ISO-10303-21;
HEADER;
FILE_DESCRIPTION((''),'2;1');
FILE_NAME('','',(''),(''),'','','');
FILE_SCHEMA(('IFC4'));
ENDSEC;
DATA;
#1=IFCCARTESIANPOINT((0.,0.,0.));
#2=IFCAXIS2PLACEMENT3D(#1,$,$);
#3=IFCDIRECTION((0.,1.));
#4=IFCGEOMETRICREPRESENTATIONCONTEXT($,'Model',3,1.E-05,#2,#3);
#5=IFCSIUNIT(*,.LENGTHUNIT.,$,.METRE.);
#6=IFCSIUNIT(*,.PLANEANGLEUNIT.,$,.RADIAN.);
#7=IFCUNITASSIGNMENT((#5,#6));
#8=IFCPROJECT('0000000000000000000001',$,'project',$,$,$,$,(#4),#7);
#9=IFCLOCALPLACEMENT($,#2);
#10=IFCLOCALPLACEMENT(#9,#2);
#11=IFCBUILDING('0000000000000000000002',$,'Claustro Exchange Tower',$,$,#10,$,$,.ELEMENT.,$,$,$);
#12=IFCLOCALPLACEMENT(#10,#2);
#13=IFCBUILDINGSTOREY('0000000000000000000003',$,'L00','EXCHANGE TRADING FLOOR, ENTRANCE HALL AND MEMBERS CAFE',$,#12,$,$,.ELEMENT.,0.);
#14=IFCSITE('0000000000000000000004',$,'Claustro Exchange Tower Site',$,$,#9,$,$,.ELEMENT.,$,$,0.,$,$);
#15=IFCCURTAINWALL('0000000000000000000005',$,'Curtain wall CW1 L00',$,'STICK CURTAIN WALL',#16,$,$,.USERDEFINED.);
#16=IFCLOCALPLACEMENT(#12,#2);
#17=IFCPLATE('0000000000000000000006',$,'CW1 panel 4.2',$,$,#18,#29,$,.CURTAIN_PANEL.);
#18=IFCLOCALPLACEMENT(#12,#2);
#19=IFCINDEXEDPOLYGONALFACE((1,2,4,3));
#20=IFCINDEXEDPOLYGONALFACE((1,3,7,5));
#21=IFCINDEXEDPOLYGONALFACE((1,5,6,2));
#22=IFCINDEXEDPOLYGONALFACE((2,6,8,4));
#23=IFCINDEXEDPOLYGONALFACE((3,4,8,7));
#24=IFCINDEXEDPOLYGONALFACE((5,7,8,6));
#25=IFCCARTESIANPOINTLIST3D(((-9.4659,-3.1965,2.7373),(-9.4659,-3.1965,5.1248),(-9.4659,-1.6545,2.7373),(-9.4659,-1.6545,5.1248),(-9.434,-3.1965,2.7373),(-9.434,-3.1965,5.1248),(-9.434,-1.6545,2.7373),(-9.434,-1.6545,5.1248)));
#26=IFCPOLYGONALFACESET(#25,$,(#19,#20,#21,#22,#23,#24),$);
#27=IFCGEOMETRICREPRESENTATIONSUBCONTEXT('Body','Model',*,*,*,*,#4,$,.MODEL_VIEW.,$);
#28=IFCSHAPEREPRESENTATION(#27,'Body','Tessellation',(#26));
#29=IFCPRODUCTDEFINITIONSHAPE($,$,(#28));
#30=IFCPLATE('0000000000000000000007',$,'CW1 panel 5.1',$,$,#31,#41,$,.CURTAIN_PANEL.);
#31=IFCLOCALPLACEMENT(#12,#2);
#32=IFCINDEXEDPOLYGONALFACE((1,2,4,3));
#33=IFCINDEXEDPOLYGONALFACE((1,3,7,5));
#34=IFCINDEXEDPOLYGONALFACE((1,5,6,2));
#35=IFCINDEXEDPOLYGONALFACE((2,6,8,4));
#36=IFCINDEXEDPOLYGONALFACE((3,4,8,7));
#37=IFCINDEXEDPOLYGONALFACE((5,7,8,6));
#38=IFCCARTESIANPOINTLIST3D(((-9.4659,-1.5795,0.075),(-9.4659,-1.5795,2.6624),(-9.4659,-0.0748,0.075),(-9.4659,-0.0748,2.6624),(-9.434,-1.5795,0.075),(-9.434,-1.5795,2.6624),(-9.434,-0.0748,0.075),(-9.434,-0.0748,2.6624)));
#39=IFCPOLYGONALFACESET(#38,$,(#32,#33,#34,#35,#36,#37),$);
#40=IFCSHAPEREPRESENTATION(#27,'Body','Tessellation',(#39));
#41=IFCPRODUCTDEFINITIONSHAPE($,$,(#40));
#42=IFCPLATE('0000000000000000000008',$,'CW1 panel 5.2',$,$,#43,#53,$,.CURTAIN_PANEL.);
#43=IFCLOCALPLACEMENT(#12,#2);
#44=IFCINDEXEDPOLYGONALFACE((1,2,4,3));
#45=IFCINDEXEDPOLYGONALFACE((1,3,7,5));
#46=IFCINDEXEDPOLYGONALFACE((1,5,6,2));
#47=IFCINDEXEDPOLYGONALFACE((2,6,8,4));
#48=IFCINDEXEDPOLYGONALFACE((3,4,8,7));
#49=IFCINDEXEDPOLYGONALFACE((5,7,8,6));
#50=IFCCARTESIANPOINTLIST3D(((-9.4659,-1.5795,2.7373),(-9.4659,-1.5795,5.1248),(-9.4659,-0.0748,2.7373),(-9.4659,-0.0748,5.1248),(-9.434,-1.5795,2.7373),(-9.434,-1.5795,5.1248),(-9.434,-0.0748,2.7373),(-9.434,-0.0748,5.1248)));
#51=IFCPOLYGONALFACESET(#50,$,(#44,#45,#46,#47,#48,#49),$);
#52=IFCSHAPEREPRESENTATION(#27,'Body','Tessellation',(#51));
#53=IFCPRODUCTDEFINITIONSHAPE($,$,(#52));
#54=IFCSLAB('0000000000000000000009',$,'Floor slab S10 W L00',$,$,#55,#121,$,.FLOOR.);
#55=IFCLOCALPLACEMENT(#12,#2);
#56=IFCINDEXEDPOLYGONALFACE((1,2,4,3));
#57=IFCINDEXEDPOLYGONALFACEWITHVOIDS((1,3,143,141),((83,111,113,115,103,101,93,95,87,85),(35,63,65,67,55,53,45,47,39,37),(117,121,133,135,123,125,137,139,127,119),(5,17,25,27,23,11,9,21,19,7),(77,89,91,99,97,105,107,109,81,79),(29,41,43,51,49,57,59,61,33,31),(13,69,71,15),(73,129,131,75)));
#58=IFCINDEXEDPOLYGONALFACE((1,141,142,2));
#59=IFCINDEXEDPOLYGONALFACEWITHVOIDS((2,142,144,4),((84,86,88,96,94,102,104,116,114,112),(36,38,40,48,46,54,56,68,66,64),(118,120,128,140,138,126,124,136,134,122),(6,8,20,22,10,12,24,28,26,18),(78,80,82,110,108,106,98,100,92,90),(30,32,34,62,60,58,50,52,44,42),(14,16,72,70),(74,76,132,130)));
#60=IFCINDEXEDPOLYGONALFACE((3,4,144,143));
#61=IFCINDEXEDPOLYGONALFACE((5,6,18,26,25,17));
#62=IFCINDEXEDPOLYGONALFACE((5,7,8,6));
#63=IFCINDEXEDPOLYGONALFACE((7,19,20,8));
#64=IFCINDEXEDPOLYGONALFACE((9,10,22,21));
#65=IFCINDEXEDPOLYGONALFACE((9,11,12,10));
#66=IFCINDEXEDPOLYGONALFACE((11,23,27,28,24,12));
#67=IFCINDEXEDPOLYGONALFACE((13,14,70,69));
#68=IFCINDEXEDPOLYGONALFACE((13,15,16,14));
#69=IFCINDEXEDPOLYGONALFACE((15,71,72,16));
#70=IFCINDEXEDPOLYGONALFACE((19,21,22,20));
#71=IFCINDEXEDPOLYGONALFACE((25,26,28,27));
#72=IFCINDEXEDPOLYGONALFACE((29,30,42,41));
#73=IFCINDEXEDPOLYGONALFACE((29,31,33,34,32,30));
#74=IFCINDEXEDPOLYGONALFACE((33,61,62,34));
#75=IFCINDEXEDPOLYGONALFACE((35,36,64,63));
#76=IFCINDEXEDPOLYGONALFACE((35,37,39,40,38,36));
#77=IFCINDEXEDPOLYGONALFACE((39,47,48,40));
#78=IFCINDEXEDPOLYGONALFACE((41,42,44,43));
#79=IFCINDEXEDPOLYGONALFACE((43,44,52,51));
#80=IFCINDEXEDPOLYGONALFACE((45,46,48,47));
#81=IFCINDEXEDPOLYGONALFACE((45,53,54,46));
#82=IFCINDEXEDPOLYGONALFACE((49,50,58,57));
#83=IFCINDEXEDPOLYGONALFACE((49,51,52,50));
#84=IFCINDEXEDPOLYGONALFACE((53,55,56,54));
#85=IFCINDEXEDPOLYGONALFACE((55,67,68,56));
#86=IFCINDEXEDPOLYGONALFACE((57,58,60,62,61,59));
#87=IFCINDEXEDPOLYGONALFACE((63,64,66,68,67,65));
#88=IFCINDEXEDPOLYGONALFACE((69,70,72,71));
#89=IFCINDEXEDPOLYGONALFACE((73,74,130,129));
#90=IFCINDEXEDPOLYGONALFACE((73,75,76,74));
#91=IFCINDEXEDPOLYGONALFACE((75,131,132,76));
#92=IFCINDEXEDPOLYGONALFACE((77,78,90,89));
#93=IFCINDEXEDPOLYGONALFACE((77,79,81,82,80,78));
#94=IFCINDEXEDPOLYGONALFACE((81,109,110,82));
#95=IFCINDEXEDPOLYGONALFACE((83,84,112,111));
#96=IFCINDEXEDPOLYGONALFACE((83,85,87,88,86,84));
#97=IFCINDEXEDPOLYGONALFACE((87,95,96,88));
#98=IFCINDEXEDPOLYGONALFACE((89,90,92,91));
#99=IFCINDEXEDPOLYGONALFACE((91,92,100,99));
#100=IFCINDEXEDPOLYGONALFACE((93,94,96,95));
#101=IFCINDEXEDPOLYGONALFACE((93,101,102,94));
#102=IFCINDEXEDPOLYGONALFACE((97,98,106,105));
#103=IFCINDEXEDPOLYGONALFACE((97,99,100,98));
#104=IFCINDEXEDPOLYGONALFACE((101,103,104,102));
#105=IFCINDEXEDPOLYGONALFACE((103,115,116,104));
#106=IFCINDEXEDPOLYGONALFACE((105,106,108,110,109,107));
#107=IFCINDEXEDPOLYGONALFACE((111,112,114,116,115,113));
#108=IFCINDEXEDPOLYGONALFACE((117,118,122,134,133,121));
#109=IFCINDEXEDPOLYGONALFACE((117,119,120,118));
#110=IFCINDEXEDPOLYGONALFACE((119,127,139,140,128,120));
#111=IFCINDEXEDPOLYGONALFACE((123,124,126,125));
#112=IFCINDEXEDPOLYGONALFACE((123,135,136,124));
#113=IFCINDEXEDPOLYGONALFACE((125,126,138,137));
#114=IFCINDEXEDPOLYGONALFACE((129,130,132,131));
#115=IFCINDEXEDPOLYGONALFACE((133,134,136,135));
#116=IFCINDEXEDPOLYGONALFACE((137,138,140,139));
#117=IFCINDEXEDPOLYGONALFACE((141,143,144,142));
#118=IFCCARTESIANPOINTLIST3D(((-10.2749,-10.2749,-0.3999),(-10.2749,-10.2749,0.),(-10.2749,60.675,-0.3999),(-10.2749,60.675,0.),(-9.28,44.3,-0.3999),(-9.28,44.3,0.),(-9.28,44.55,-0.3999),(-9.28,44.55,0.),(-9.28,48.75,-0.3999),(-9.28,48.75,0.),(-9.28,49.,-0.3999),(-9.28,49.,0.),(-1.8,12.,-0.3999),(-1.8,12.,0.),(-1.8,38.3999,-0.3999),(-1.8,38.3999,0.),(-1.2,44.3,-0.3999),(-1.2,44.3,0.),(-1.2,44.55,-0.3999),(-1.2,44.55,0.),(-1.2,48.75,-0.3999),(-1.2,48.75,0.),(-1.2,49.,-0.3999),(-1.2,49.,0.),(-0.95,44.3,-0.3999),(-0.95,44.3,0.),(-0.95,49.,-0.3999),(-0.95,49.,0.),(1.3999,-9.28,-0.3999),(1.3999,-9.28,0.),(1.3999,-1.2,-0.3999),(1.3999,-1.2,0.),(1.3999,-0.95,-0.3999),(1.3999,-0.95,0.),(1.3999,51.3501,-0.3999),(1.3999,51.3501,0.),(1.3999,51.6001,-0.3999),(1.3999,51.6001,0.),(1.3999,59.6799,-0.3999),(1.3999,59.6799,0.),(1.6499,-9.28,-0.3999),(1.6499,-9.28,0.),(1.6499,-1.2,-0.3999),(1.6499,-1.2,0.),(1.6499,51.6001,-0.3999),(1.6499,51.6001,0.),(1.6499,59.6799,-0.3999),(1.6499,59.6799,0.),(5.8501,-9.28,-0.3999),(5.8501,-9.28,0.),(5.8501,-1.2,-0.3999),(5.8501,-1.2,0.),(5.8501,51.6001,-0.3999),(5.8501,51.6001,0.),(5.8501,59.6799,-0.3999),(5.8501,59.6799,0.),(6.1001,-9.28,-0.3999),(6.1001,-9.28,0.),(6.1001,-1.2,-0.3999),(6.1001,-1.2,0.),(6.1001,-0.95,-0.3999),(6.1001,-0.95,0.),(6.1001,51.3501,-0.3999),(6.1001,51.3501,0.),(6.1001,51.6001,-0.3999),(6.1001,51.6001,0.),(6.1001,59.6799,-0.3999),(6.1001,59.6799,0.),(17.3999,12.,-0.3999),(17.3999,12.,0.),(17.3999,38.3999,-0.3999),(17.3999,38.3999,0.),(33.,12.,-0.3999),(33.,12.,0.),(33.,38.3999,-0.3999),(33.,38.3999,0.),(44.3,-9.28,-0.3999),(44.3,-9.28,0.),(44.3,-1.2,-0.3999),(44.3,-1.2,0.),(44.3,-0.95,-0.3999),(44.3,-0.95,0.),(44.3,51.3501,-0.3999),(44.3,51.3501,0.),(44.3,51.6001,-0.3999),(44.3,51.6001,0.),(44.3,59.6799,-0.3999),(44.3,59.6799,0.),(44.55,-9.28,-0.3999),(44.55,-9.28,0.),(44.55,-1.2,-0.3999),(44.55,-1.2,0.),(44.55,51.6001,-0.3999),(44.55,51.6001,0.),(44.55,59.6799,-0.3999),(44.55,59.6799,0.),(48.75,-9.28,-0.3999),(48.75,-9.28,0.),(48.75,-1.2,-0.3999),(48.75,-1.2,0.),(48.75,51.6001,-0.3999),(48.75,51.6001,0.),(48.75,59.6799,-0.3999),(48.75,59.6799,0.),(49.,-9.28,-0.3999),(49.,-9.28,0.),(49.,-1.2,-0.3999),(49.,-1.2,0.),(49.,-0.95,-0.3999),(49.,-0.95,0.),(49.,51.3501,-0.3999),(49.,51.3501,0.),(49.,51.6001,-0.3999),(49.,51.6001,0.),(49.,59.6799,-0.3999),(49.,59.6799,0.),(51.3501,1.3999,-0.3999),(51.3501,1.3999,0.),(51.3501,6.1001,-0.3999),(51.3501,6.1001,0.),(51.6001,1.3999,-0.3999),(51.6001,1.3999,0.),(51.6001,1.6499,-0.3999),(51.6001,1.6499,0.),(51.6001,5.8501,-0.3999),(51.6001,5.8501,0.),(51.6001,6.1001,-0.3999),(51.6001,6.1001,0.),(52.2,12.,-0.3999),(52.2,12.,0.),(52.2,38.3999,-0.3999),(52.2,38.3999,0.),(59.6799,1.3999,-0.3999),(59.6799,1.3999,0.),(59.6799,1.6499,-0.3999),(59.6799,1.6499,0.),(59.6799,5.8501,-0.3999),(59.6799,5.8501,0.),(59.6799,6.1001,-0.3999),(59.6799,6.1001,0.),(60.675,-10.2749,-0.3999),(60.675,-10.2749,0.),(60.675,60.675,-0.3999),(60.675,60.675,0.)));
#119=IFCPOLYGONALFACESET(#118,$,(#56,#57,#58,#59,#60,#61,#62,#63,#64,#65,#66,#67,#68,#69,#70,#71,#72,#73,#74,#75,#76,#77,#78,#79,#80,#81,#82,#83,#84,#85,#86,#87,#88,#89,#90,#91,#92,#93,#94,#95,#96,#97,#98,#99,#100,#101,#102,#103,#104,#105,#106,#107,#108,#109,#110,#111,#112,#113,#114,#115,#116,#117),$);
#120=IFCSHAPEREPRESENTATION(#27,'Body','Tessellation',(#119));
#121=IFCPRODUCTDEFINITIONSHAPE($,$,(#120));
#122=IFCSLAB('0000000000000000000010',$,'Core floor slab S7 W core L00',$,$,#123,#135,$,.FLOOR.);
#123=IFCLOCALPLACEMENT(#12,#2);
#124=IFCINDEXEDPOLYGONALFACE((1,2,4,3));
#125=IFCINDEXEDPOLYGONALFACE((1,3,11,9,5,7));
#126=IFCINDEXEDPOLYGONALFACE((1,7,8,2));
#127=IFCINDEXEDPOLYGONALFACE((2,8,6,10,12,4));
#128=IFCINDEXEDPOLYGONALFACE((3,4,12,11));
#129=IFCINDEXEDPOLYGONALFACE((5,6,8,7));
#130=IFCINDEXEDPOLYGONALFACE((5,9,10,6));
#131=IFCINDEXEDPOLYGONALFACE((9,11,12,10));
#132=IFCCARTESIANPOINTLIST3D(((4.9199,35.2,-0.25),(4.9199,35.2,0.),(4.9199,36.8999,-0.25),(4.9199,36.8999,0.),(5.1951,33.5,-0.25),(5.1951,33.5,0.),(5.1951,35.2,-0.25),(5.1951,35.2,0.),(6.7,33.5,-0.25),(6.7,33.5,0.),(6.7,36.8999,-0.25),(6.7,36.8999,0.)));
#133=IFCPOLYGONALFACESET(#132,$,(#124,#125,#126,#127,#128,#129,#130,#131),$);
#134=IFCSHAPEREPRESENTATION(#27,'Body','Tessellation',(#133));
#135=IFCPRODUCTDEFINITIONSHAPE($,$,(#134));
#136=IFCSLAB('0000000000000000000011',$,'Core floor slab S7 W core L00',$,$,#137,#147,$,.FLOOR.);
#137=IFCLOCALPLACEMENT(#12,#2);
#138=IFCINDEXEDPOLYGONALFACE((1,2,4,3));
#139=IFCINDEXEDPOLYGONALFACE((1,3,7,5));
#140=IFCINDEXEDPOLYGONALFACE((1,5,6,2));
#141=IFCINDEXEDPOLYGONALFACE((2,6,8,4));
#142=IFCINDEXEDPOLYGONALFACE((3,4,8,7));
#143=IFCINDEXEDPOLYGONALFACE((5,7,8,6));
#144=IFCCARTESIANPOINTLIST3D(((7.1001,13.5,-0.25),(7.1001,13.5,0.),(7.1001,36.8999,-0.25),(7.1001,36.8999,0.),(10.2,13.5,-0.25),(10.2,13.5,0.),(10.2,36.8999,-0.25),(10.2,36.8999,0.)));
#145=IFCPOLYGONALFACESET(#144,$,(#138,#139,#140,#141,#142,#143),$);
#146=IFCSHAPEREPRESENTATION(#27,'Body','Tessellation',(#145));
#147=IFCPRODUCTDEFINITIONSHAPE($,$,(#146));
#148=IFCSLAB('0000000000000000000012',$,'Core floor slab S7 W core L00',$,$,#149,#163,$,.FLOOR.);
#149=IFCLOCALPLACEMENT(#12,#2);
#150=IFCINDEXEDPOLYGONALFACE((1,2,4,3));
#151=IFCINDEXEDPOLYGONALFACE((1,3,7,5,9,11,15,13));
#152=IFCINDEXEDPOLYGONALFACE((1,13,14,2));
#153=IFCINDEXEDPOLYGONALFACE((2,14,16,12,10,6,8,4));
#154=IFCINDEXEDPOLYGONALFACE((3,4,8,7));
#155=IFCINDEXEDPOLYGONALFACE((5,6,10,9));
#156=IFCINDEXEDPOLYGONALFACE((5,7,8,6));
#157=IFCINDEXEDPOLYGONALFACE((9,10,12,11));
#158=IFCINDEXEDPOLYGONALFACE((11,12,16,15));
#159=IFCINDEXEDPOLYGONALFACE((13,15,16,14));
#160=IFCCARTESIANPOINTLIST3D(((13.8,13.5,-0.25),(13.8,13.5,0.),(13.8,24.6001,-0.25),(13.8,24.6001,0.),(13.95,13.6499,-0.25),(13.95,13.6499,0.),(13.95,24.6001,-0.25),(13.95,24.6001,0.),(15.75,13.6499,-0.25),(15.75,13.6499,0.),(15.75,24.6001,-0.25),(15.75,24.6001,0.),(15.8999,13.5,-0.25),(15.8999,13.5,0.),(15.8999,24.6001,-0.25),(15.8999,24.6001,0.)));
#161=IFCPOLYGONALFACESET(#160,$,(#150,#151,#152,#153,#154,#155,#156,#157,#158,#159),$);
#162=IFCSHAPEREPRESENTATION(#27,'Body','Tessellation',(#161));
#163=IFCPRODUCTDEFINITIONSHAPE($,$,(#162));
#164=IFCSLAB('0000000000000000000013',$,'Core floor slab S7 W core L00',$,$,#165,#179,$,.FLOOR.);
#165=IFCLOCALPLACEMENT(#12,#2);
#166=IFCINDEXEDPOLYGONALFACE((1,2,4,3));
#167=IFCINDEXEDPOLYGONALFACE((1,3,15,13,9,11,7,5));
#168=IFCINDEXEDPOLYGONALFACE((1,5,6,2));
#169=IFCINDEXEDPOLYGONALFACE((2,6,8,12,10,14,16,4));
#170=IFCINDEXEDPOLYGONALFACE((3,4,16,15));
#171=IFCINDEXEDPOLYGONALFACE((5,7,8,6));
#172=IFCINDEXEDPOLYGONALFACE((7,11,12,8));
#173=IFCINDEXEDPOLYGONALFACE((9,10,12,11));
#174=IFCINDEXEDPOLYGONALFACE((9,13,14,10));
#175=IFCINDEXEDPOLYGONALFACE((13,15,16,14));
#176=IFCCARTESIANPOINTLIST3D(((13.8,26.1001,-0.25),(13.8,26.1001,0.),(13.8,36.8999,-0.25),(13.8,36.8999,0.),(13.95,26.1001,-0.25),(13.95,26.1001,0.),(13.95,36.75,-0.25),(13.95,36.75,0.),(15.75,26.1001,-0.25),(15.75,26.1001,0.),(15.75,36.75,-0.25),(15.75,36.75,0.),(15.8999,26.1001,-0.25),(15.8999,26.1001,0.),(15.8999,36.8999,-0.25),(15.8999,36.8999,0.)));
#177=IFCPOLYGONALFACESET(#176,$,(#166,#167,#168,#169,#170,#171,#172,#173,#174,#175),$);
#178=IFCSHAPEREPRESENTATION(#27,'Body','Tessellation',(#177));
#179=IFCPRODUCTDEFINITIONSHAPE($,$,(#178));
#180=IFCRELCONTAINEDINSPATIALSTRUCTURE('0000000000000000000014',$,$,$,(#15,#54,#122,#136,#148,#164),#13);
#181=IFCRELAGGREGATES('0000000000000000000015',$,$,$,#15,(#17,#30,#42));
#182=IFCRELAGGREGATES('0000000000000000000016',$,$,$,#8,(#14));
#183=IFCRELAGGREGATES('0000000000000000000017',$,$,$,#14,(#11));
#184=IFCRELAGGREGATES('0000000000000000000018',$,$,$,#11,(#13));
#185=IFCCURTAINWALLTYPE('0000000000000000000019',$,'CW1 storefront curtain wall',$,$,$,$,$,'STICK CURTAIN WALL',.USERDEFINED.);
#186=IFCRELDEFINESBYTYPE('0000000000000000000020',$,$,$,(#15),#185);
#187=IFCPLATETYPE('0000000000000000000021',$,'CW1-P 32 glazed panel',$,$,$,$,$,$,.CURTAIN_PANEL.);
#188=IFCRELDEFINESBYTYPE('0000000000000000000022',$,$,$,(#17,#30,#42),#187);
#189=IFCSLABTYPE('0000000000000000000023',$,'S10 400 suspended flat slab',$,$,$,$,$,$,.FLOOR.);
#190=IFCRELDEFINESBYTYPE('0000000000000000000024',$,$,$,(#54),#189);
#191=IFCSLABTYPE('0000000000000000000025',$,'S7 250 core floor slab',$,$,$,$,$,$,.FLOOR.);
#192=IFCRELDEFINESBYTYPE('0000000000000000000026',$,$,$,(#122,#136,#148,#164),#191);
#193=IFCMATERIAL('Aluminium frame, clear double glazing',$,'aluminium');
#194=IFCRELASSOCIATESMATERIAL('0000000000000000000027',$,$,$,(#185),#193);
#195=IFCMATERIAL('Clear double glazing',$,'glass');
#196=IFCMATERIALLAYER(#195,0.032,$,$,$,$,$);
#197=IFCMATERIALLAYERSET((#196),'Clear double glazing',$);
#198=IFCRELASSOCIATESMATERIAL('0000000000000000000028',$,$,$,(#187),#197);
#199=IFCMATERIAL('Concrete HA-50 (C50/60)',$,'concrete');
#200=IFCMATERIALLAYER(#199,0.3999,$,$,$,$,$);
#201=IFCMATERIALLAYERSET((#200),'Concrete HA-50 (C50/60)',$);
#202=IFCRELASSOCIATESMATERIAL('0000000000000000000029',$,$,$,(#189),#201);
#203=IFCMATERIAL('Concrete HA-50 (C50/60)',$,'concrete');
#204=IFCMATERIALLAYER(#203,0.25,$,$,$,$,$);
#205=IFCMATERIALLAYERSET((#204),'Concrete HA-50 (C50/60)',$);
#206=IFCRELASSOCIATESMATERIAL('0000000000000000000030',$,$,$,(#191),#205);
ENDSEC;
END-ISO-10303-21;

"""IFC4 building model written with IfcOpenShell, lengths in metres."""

from ifc_helpers import new_model, si_unit, direction, frame, origin, origin_2d, place, context, subcontext, project, spatial, polyline, rectangle, outline, extrude, material, layer, layer_set, type_object, element, aggregate, save


model = new_model("IFC4")

# Units and contexts
model_context = context("Model", 3, precision=1e-05, world=origin(), true_north=direction((0.0, 1.0)))
body_context = subcontext(model_context, "Body", "Model", "MODEL_VIEW")
ifc_project = project(units=[si_unit("LENGTHUNIT", "METRE"), si_unit("PLANEANGLEUNIT", "RADIAN")], contexts=[model_context])

# Site, building, storey
site_placement = place(None, origin())
site = spatial("IfcSite", under=ifc_project, at=site_placement, Name="Claustro Exchange Tower Site", CompositionType="ELEMENT", RefElevation=0.0)
building_placement = place(site_placement, origin())
building = spatial("IfcBuilding", under=site, at=building_placement, Name="Claustro Exchange Tower", CompositionType="ELEMENT")
storey_placement = place(building_placement, origin())
storey = spatial("IfcBuildingStorey", under=building, at=storey_placement, Name="L00", Description="EXCHANGE TRADING FLOOR, ENTRANCE HALL AND MEMBERS CAFE", CompositionType="ELEMENT", Elevation=0.0)

# Curtain wall, plates
ifc_material_1 = material(Name="Aluminium frame, clear double glazing", Category="aluminium")
curtain_wall_type = type_object("IfcCurtainWallType", Name="CW1 storefront curtain wall", ElementType="STICK CURTAIN WALL", PredefinedType="USERDEFINED", material=ifc_material_1)
curtain_wall_placement = place(storey_placement, origin())
curtain_wall = element("IfcCurtainWall", 1, at=curtain_wall_placement, inside=storey, type_object=curtain_wall_type, Name="Curtain wall CW1 L00", ObjectType="STICK CURTAIN WALL", PredefinedType="USERDEFINED")
ifc_material_2 = material(Name="Clear double glazing", Category="glass")
ifc_layer_1 = layer(ifc_material_2, 0.032)
ifc_layer_set_1 = layer_set([ifc_layer_1], Name="Clear double glazing")
plate_type = type_object("IfcPlateType", Name="CW1-P 32 glazed panel", PredefinedType="CURTAIN_PANEL", material=ifc_layer_set_1)
plate_1_placement = place(storey_placement, frame((-9.45, -2.4255, 2.7373), z_axis=(0.0, 0.0, 1.0), x_axis=(0.0, 1.0, 0.0)))
plate_1 = element("IfcPlate", 2, at=plate_1_placement, type_object=plate_type, Name="CW1 panel 4.2", PredefinedType="CURTAIN_PANEL", context=body_context, shape_type="SweptSolid", body=[
    extrude(rectangle(XDim=1.542, YDim=0.032, at=origin_2d()), origin(), (0.0, 0.0, 1.0), 2.3875),
])
plate_2_placement = place(storey_placement, frame((-9.45, -0.8271, 0.075), z_axis=(0.0, 0.0, 1.0), x_axis=(0.0, 1.0, 0.0)))
plate_2 = element("IfcPlate", 3, at=plate_2_placement, type_object=plate_type, Name="CW1 panel 5.1", PredefinedType="CURTAIN_PANEL", context=body_context, shape_type="SweptSolid", body=[
    extrude(rectangle(XDim=1.5046, YDim=0.032, at=origin_2d()), origin(), (0.0, 0.0, 1.0), 2.5874),
])
plate_3_placement = place(storey_placement, frame((-9.45, -0.8271, 2.7373), z_axis=(0.0, 0.0, 1.0), x_axis=(0.0, 1.0, 0.0)))
plate_3 = element("IfcPlate", 4, at=plate_3_placement, type_object=plate_type, Name="CW1 panel 5.2", PredefinedType="CURTAIN_PANEL", context=body_context, shape_type="SweptSolid", body=[
    extrude(rectangle(XDim=1.5046, YDim=0.032, at=origin_2d()), origin(), (0.0, 0.0, 1.0), 2.3875),
])
aggregate(curtain_wall, [plate_1, plate_2, plate_3])

# Slabs
ifc_material_3 = material(Name="Concrete HA-50 (C50/60)", Category="concrete")
ifc_layer_2 = layer(ifc_material_3, 0.3999)
ifc_layer_set_2 = layer_set([ifc_layer_2], Name="Concrete HA-50 (C50/60)")
slab_type_1 = type_object("IfcSlabType", Name="S10 400 suspended flat slab", PredefinedType="FLOOR", material=ifc_layer_set_2)
slab_1_placement = place(storey_placement, frame((0.0, 0.0, -0.3999)))
element("IfcSlab", 5, at=slab_1_placement, inside=storey, type_object=slab_type_1, Name="Floor slab S10 W L00", PredefinedType="FLOOR", context=body_context, shape_type="SweptSolid", body=[
    extrude(outline(polyline([(-10.2749, -10.2749), (60.675, -10.2749), (60.675, 60.675), (-10.2749, 60.675), (-10.2749, -10.2749)]), holes=[polyline([(51.3501, 1.3999), (51.3501, 6.1001), (51.6001, 6.1001), (59.6799, 6.1001), (59.6799, 5.8501), (51.6001, 5.8501), (51.6001, 1.6499), (59.6799, 1.6499), (59.6799, 1.3999), (51.6001, 1.3999), (51.3501, 1.3999)]), polyline([(52.2, 38.3999), (52.2, 12.0), (33.0, 12.0), (33.0, 38.3999), (52.2, 38.3999)]), polyline([(44.55, 51.6001), (48.75, 51.6001), (48.75, 59.6799), (49.0, 59.6799), (49.0, 51.6001), (49.0, 51.3501), (44.3, 51.3501), (44.3, 51.6001), (44.3, 59.6799), (44.55, 59.6799), (44.55, 51.6001)]), polyline([(49.0, -9.28), (48.75, -9.28), (48.75, -1.2), (44.55, -1.2), (44.55, -9.28), (44.3, -9.28), (44.3, -1.2), (44.3, -0.95), (49.0, -0.95), (49.0, -1.2), (49.0, -9.28)]), polyline([(17.3999, 38.3999), (17.3999, 12.0), (-1.8, 12.0), (-1.8, 38.3999), (17.3999, 38.3999)]), polyline([(1.6499, 51.6001), (5.8501, 51.6001), (5.8501, 59.6799), (6.1001, 59.6799), (6.1001, 51.6001), (6.1001, 51.3501), (1.3999, 51.3501), (1.3999, 51.6001), (1.3999, 59.6799), (1.6499, 59.6799), (1.6499, 51.6001)]), polyline([(6.1001, -9.28), (5.8501, -9.28), (5.8501, -1.2), (1.6499, -1.2), (1.6499, -9.28), (1.3999, -9.28), (1.3999, -1.2), (1.3999, -0.95), (6.1001, -0.95), (6.1001, -1.2), (6.1001, -9.28)]), polyline([(-9.28, 49.0), (-1.2, 49.0), (-0.95, 49.0), (-0.95, 44.3), (-1.2, 44.3), (-9.28, 44.3), (-9.28, 44.55), (-1.2, 44.55), (-1.2, 48.75), (-9.28, 48.75), (-9.28, 49.0)])]), origin(), (0.0, 0.0, 1.0), 0.3999),
])
ifc_material_4 = material(Name="Concrete HA-50 (C50/60)", Category="concrete")
ifc_layer_3 = layer(ifc_material_4, 0.25)
ifc_layer_set_3 = layer_set([ifc_layer_3], Name="Concrete HA-50 (C50/60)")
slab_type_2 = type_object("IfcSlabType", Name="S7 250 core floor slab", PredefinedType="FLOOR", material=ifc_layer_set_3)
slab_2_placement = place(storey_placement, frame((0.0, 0.0, -0.25)))
element("IfcSlab", 6, at=slab_2_placement, inside=storey, type_object=slab_type_2, Name="Core floor slab S7 W core L00", PredefinedType="FLOOR", context=body_context, shape_type="SweptSolid", body=[
    extrude(outline(polyline([(6.7, 33.5), (6.7, 36.8999), (4.9199, 36.8999), (4.9199, 35.2), (5.1951, 35.2), (5.1951, 33.5), (6.7, 33.5)])), origin(), (0.0, 0.0, 1.0), 0.25),
])
slab_3_placement = place(storey_placement, frame((0.0, 0.0, -0.25)))
element("IfcSlab", 7, at=slab_3_placement, inside=storey, type_object=slab_type_2, Name="Core floor slab S7 W core L00", PredefinedType="FLOOR", context=body_context, shape_type="SweptSolid", body=[
    extrude(outline(polyline([(10.2, 13.5), (10.2, 36.8999), (7.1001, 36.8999), (7.1001, 13.5), (10.2, 13.5)])), origin(), (0.0, 0.0, 1.0), 0.25),
])
slab_4_placement = place(storey_placement, frame((0.0, 0.0, -0.25)))
element("IfcSlab", 8, at=slab_4_placement, inside=storey, type_object=slab_type_2, Name="Core floor slab S7 W core L00", PredefinedType="FLOOR", context=body_context, shape_type="SweptSolid", body=[
    extrude(outline(polyline([(13.95, 24.6001), (13.8, 24.6001), (13.8, 13.5), (15.8999, 13.5), (15.8999, 24.6001), (15.75, 24.6001), (15.75, 13.6499), (13.95, 13.6499), (13.95, 24.6001)])), origin(), (0.0, 0.0, 1.0), 0.25),
])
slab_5_placement = place(storey_placement, frame((0.0, 0.0, -0.25)))
element("IfcSlab", 9, at=slab_5_placement, inside=storey, type_object=slab_type_2, Name="Core floor slab S7 W core L00", PredefinedType="FLOOR", context=body_context, shape_type="SweptSolid", body=[
    extrude(outline(polyline([(13.8, 36.8999), (13.8, 26.1001), (13.95, 26.1001), (13.95, 36.75), (15.75, 36.75), (15.75, 26.1001), (15.8999, 26.1001), (15.8999, 36.8999), (13.8, 36.8999)])), origin(), (0.0, 0.0, 1.0), 0.25),
])

save(model, "model.ifc")
